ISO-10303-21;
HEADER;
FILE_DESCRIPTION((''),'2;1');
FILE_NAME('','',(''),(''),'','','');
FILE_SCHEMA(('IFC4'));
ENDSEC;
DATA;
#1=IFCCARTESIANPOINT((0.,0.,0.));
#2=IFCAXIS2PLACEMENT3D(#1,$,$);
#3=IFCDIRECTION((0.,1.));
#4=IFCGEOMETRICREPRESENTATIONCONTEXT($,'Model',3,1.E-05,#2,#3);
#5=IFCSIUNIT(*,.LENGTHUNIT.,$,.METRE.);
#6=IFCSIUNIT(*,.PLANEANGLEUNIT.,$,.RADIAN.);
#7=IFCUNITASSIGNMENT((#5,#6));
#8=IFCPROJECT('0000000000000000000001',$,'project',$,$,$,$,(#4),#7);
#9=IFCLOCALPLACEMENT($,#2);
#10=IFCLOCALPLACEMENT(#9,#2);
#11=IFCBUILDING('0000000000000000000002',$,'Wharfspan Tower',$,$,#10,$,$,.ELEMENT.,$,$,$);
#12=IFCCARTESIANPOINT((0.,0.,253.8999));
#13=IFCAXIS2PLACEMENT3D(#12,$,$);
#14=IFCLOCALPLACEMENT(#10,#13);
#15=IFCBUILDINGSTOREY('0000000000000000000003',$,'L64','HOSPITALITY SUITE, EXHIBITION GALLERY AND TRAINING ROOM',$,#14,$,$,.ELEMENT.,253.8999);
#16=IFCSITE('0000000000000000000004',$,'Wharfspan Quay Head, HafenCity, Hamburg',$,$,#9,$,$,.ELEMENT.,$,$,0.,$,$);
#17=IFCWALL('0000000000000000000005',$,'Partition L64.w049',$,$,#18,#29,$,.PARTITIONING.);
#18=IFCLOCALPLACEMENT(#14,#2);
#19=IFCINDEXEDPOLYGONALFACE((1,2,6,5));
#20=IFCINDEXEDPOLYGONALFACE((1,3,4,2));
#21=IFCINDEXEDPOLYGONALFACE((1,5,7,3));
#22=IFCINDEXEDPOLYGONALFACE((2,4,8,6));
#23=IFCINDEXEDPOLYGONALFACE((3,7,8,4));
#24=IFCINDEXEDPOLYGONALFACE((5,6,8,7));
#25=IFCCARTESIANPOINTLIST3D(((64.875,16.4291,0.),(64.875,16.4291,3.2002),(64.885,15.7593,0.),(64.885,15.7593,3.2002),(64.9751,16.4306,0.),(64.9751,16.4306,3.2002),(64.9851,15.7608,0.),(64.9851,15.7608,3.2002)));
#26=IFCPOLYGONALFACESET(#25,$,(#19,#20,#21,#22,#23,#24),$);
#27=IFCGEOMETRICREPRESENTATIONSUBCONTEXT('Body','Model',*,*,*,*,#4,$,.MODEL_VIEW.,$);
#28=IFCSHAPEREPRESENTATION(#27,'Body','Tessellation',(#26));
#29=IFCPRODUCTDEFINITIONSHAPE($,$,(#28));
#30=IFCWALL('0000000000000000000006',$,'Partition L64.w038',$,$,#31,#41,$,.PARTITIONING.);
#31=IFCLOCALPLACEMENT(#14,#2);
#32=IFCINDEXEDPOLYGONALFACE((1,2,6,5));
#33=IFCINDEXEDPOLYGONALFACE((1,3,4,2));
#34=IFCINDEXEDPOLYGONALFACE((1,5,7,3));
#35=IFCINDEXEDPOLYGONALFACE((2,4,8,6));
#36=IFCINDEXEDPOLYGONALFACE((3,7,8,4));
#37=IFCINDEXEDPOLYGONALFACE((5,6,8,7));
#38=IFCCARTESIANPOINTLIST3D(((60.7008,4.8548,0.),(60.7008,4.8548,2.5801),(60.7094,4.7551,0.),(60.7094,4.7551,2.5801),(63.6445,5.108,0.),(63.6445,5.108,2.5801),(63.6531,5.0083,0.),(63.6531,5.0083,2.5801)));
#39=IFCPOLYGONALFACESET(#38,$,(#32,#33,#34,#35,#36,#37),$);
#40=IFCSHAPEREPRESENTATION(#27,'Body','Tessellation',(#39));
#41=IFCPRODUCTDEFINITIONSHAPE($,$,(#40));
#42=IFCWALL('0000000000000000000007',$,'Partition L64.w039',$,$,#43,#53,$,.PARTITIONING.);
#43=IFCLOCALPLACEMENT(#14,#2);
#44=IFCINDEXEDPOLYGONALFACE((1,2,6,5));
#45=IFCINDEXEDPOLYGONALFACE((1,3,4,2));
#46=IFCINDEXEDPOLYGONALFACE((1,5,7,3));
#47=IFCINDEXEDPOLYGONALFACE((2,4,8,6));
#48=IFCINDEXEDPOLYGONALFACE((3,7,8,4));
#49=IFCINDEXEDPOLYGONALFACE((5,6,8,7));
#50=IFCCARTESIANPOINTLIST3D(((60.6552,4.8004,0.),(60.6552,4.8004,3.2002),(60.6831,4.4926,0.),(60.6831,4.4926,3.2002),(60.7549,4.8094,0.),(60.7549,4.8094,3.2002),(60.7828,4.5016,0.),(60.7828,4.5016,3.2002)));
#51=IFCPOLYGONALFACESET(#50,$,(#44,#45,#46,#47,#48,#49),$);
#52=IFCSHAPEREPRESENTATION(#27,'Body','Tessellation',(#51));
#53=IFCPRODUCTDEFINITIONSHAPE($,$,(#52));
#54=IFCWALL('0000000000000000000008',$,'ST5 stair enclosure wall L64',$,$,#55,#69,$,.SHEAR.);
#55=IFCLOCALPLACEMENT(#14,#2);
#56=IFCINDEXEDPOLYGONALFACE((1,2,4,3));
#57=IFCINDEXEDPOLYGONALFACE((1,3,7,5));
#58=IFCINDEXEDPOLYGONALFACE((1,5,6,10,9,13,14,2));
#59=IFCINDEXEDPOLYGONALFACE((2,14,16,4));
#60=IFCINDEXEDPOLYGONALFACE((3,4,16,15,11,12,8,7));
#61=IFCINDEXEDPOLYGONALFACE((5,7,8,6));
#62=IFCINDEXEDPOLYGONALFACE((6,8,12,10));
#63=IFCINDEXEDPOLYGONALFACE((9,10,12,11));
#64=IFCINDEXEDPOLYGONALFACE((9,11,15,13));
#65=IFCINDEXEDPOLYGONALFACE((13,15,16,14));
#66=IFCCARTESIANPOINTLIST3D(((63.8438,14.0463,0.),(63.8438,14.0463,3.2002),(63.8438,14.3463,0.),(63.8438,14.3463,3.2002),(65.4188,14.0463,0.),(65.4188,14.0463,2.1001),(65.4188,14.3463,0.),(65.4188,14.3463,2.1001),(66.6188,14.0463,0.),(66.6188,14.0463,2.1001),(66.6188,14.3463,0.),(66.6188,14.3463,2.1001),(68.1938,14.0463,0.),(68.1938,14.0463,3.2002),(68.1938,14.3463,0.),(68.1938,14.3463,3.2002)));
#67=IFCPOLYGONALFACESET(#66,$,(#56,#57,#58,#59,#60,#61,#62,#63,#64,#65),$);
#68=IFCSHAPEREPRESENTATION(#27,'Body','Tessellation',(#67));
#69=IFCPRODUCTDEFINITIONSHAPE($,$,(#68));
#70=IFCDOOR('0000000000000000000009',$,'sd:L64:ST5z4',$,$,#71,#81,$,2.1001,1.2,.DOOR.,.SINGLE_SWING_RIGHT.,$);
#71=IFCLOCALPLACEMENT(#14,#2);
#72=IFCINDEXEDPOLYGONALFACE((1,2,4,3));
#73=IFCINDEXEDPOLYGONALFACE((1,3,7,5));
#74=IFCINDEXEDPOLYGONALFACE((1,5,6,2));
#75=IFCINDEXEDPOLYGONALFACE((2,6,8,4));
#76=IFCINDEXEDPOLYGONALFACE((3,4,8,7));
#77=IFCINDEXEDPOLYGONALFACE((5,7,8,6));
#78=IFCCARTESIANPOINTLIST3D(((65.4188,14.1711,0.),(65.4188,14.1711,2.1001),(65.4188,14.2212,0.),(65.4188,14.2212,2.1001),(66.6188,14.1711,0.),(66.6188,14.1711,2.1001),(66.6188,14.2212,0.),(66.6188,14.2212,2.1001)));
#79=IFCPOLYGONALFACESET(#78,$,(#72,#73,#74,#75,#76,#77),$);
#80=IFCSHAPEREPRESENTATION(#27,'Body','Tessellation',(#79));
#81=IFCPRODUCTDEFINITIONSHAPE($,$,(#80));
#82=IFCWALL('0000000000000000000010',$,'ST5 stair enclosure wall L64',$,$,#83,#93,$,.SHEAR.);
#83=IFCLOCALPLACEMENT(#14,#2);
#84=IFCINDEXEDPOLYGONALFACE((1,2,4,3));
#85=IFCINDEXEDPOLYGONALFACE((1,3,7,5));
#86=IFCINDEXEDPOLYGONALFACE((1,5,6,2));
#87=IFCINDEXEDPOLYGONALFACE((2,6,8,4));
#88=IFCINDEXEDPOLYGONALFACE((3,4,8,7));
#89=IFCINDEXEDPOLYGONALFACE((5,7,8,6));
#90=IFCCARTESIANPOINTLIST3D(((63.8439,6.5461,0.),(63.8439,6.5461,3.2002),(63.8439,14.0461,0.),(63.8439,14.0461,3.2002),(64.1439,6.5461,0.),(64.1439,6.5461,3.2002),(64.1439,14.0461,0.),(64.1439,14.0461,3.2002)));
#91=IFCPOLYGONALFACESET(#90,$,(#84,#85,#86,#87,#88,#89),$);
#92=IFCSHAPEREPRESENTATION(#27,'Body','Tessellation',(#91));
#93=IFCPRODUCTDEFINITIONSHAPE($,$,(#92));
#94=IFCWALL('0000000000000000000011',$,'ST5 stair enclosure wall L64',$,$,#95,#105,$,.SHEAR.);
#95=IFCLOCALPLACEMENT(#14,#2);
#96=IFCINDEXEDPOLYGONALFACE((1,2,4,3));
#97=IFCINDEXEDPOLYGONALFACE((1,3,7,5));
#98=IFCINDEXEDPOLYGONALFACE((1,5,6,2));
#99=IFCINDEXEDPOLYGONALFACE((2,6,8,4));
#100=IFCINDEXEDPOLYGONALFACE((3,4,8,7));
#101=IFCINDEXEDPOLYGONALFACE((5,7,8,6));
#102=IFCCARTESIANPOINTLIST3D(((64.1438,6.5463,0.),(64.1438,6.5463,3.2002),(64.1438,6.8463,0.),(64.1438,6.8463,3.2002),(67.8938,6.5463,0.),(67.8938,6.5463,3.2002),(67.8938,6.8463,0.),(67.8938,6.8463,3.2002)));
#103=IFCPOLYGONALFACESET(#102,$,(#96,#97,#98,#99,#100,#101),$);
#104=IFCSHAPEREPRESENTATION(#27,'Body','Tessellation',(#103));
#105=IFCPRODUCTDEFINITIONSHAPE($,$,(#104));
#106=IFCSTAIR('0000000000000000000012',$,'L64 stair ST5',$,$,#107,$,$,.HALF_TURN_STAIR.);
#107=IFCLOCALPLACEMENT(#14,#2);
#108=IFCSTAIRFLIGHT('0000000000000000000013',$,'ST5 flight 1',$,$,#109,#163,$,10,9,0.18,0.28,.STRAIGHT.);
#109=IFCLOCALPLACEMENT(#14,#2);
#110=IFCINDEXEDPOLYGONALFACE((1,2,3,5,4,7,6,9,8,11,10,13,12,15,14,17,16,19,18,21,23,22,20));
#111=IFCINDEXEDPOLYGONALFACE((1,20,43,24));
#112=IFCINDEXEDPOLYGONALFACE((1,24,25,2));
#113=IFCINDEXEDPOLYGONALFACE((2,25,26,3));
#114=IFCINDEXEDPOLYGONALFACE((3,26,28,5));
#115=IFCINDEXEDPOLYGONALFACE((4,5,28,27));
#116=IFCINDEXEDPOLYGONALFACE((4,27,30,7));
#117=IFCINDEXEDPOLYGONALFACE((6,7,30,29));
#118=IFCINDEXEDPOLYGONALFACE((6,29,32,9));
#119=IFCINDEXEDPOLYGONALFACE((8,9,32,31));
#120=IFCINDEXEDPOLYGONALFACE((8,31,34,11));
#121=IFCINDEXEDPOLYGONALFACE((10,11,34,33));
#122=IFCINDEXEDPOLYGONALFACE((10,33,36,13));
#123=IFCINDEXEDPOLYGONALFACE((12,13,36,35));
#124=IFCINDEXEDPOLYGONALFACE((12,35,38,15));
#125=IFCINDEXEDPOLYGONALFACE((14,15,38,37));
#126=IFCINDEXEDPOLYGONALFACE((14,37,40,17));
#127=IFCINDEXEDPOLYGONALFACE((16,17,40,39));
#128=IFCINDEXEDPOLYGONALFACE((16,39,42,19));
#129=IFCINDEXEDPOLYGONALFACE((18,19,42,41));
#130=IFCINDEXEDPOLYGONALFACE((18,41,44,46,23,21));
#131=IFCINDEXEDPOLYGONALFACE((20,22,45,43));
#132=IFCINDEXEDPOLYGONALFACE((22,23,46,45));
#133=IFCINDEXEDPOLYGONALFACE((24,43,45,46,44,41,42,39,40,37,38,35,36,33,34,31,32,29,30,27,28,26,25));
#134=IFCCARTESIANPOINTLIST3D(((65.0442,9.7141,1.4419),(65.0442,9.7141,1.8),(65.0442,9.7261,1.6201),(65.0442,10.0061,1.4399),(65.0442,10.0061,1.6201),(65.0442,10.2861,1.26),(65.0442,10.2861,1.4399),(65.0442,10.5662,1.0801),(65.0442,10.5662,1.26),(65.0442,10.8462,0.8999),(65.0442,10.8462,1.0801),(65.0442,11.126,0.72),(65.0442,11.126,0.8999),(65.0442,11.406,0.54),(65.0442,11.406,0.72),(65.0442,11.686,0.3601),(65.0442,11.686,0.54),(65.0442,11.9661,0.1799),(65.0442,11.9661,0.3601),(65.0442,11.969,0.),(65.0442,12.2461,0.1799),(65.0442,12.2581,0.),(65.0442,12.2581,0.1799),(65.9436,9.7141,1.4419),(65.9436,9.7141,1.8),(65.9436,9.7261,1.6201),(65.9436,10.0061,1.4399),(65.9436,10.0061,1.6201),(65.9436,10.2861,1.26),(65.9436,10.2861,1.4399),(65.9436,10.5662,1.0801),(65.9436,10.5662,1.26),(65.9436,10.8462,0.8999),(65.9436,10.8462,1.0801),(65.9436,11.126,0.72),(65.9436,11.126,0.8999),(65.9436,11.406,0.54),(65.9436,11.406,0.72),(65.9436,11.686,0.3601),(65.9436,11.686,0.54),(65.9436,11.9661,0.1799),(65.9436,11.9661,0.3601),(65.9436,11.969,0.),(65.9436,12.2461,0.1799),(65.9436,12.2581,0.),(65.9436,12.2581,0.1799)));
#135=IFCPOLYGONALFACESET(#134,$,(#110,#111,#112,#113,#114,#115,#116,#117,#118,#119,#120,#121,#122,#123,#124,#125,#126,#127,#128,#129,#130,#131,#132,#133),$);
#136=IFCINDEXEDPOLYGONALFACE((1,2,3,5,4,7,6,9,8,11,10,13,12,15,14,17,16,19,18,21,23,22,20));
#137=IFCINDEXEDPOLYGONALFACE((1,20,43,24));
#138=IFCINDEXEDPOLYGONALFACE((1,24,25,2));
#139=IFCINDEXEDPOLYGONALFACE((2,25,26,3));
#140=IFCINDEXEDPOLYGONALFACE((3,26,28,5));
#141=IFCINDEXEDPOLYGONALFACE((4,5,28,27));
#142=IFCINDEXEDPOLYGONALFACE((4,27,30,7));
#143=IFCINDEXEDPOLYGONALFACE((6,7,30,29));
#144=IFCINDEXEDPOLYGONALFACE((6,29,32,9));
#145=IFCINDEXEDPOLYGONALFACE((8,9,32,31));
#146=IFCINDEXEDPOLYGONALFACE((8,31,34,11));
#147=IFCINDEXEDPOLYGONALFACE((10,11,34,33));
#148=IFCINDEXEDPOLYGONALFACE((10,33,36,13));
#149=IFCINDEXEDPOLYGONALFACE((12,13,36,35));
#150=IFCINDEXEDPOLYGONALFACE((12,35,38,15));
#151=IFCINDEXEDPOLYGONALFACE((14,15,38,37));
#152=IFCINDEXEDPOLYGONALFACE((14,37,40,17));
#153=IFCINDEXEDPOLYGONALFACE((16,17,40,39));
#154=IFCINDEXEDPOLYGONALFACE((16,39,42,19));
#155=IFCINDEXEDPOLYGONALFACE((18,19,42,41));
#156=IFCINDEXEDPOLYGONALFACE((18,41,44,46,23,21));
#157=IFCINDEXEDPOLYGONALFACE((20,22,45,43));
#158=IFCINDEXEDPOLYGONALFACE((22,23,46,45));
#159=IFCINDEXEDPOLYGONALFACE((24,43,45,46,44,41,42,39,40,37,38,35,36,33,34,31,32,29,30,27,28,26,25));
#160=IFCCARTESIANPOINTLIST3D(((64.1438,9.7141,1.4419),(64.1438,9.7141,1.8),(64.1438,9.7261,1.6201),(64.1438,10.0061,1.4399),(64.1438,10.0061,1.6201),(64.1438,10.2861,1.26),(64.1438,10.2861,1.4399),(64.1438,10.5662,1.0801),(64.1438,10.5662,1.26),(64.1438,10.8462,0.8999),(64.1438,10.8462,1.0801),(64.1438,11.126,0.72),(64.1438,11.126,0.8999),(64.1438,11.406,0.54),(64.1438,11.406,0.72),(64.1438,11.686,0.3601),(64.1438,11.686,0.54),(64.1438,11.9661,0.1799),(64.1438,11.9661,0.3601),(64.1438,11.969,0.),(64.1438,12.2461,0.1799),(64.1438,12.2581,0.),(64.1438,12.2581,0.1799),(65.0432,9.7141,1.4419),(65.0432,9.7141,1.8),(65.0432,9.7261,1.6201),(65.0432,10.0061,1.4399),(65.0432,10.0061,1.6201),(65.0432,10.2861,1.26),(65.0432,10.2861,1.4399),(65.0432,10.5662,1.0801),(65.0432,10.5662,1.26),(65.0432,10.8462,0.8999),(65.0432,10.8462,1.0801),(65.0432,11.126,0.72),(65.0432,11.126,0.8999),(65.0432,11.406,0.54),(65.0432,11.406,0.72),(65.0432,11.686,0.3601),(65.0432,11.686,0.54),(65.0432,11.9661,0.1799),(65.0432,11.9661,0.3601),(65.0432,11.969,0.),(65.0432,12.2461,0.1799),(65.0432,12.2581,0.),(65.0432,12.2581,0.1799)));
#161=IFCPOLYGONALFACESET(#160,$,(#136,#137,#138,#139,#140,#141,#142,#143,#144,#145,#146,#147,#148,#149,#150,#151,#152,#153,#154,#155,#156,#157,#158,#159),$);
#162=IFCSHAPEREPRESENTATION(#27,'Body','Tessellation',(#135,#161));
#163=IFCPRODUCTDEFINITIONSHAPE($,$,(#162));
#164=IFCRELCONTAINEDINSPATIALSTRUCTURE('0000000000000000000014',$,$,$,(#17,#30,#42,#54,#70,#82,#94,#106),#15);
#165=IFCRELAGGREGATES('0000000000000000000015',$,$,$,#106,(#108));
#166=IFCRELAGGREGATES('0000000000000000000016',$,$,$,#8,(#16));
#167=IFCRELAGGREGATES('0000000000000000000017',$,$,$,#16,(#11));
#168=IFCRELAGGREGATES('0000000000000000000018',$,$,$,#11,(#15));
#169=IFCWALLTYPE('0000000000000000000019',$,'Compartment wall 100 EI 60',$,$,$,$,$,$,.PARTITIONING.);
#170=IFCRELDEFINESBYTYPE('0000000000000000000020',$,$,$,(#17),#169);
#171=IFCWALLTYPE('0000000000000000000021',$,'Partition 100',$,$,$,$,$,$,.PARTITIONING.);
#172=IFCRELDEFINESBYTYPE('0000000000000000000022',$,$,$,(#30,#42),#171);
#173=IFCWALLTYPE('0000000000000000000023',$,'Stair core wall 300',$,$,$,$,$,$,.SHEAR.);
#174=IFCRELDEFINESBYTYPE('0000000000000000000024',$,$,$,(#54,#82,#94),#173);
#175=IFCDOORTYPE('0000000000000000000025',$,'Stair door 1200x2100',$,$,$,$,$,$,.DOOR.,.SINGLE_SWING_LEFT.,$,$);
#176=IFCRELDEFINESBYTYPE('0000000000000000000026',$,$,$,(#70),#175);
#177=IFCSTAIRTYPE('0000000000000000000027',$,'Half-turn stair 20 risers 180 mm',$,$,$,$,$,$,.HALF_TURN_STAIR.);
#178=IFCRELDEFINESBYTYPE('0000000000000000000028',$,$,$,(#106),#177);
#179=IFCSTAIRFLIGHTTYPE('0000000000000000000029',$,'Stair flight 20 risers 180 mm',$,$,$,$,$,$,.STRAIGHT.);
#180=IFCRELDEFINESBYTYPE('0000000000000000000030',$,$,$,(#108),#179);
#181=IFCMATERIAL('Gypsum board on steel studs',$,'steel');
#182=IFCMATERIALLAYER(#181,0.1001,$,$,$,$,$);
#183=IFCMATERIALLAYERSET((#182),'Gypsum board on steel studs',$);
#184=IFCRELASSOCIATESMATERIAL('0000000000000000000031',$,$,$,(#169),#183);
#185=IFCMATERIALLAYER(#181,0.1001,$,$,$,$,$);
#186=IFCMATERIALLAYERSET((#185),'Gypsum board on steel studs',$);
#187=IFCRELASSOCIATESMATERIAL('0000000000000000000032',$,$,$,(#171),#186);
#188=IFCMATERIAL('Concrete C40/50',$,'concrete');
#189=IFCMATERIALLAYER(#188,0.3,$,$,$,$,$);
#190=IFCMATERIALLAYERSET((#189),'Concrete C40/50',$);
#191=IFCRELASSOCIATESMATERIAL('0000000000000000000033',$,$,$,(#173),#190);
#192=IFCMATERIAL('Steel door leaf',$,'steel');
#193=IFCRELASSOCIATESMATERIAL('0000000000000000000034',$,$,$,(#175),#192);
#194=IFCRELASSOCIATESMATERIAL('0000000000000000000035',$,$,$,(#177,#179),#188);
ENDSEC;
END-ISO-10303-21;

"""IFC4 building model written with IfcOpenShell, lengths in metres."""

from ifc_helpers import new_model, si_unit, direction, frame, frame_2d, origin, place, context, subcontext, project, spatial, polyline, rectangle, outline, extrude, material, layer, layer_set, type_object, element, fill, aggregate, save


model = new_model("IFC4")

# Units and contexts
model_context = context("Model", 3, precision=1e-05, world=origin(), true_north=direction((0.0, 1.0)))
body_context = subcontext(model_context, "Body", "Model", "MODEL_VIEW")
ifc_project = project(units=[si_unit("LENGTHUNIT", "METRE"), si_unit("PLANEANGLEUNIT", "RADIAN")], contexts=[model_context])

# Site, building, storey
site_placement = place(None, origin())
site = spatial("IfcSite", under=ifc_project, at=site_placement, Name="Wharfspan Quay Head, HafenCity, Hamburg", CompositionType="ELEMENT", RefElevation=0.0)
building_placement = place(site_placement, origin())
building = spatial("IfcBuilding", under=site, at=building_placement, Name="Wharfspan Tower", CompositionType="ELEMENT")
storey_placement = place(building_placement, frame((0.0, 0.0, 253.8999)))
storey = spatial("IfcBuildingStorey", under=building, at=storey_placement, Name="L64", Description="HOSPITALITY SUITE, EXHIBITION GALLERY AND TRAINING ROOM", CompositionType="ELEMENT", Elevation=253.8999)

# Shared definitions
ifc_material_1 = material(Name="Gypsum board on steel studs", Category="steel")
ifc_layer_1 = layer(ifc_material_1, 0.1001)
ifc_layer_set_1 = layer_set([ifc_layer_1], Name="Gypsum board on steel studs")
wall_type_1 = type_object("IfcWallType", Name="Compartment wall 100 EI 60", PredefinedType="PARTITIONING", material=ifc_layer_set_1)

# Walls
wall_1_placement = place(storey_placement, frame((64.9351, 15.76, 0.0), z_axis=(0.0, 0.0, 1.0), x_axis=(-0.01494, 0.999887, 0.0)))
element("IfcWall", 1, at=wall_1_placement, inside=storey, type_object=wall_type_1, Name="Partition L64.w049", PredefinedType="PARTITIONING", context=body_context, shape_type="SweptSolid", body=[
    extrude(rectangle(XDim=0.6699, YDim=0.1001, at=frame_2d((0.335, 0.0))), origin(), (0.0, 0.0, 1.0), 3.2002),
])
ifc_layer_2 = layer(ifc_material_1, 0.1001)
ifc_layer_set_2 = layer_set([ifc_layer_2], Name="Gypsum board on steel studs")
wall_type_2 = type_object("IfcWallType", Name="Partition 100", PredefinedType="PARTITIONING", material=ifc_layer_set_2)
wall_2_placement = place(storey_placement, frame((60.7051, 4.8049, 0.0), z_axis=(0.0, 0.0, 1.0), x_axis=(0.996324, 0.085692, 0.0)))
element("IfcWall", 2, at=wall_2_placement, inside=storey, type_object=wall_type_2, Name="Partition L64.w038", PredefinedType="PARTITIONING", context=body_context, shape_type="SweptSolid", body=[
    extrude(rectangle(XDim=2.9546, YDim=0.1001, at=frame_2d((1.4773, 0.0))), origin(), (0.0, 0.0, 1.0), 2.5801),
])
wall_3_placement = place(storey_placement, frame((60.7329, 4.4971, 0.0), z_axis=(0.0, 0.0, 1.0), x_axis=(-0.090037, 0.995936, 0.0)))
element("IfcWall", 3, at=wall_3_placement, inside=storey, type_object=wall_type_2, Name="Partition L64.w039", PredefinedType="PARTITIONING", context=body_context, shape_type="SweptSolid", body=[
    extrude(rectangle(XDim=0.3091, YDim=0.1001, at=frame_2d((0.1545, 0.0))), origin(), (0.0, 0.0, 1.0), 3.2002),
])

# Wall, opening, door
ifc_material_2 = material(Name="Concrete C40/50", Category="concrete")
ifc_layer_3 = layer(ifc_material_2, 0.3)
ifc_layer_set_3 = layer_set([ifc_layer_3], Name="Concrete C40/50")
wall_type_3 = type_object("IfcWallType", Name="Stair core wall 300", PredefinedType="SHEAR", material=ifc_layer_set_3)
wall_4_placement = place(storey_placement, frame((63.8438, 14.1963, 0.0), z_axis=(0.0, 0.0, 1.0), x_axis=(1.0, 0.0, 0.0)))
wall_4 = element("IfcWall", 4, at=wall_4_placement, inside=storey, type_object=wall_type_3, Name="ST5 stair enclosure wall L64", PredefinedType="SHEAR", context=body_context, shape_type="SweptSolid", body=[
    extrude(rectangle(XDim=4.3501, YDim=0.3, at=frame_2d((2.175, 0.0))), origin(), (0.0, 0.0, 1.0), 3.2002),
])
opening_1_placement = place(wall_4_placement, frame((1.575, 0.0, 0.0)))
opening_1 = element("IfcOpeningElement", 5, at=opening_1_placement, cuts=wall_4, PredefinedType="OPENING", context=body_context, shape_type="SweptSolid", body=[
    extrude(rectangle(XDim=1.2, YDim=2.1001, at=frame_2d((0.6001, 1.05))), frame((0.0, 0.1599, 0.0), z_axis=(0.0, -1.0, 0.0), x_axis=(1.0, 0.0, 0.0)), (0.0, 0.0, 1.0), 0.3201),
])
ifc_material_3 = material(Name="Steel door leaf", Category="steel")
door_type_1 = type_object("IfcDoorType", Name="Stair door 1200x2100", OperationType="SINGLE_SWING_LEFT", PredefinedType="DOOR", material=ifc_material_3)
door_1_placement = place(opening_1_placement, origin())
door_1 = element("IfcDoor", 6, at=door_1_placement, inside=storey, type_object=door_type_1, Name="sd:L64:ST5z4", OperationType="SINGLE_SWING_RIGHT", OverallHeight=2.1001, OverallWidth=1.2, PredefinedType="DOOR", context=body_context, shape_type="SweptSolid", body=[
    extrude(rectangle(XDim=1.2, YDim=2.1001, at=frame_2d((0.6001, 1.05))), frame((0.0, 0.0249, 0.0), z_axis=(0.0, -1.0, 0.0), x_axis=(1.0, 0.0, 0.0)), (0.0, 0.0, 1.0), 0.05),
])
fill(opening_1, door_1)

# Walls
wall_5_placement = place(storey_placement, frame((63.9939, 6.5461, 0.0), z_axis=(0.0, 0.0, 1.0), x_axis=(0.0, 1.0, 0.0)))
element("IfcWall", 7, at=wall_5_placement, inside=storey, type_object=wall_type_3, Name="ST5 stair enclosure wall L64", PredefinedType="SHEAR", context=body_context, shape_type="SweptSolid", body=[
    extrude(rectangle(XDim=7.5, YDim=0.3, at=frame_2d((3.75, 0.0))), origin(), (0.0, 0.0, 1.0), 3.2002),
])
wall_6_placement = place(storey_placement, frame((64.1438, 6.6963, 0.0), z_axis=(0.0, 0.0, 1.0), x_axis=(1.0, 0.0, 0.0)))
element("IfcWall", 8, at=wall_6_placement, inside=storey, type_object=wall_type_3, Name="ST5 stair enclosure wall L64", PredefinedType="SHEAR", context=body_context, shape_type="SweptSolid", body=[
    extrude(rectangle(XDim=3.75, YDim=0.3, at=frame_2d((1.875, 0.0))), origin(), (0.0, 0.0, 1.0), 3.2002),
])

# Stair, stair flight
stair_type = type_object("IfcStairType", Name="Half-turn stair 20 risers 180 mm", PredefinedType="HALF_TURN_STAIR", material=ifc_material_2)
stair_placement = place(storey_placement, origin())
stair = element("IfcStair", 9, at=stair_placement, inside=storey, type_object=stair_type, Name="L64 stair ST5", PredefinedType="HALF_TURN_STAIR")
stair_flight_type = type_object("IfcStairFlightType", Name="Stair flight 20 risers 180 mm", PredefinedType="STRAIGHT", material=ifc_material_2)
stair_flight_placement = place(storey_placement, frame((65.0437, 12.2461, 0.0), z_axis=(0.0, 0.0, 1.0), x_axis=(0.0, -1.0, 0.0)))
stair_flight = element("IfcStairFlight", 10, at=stair_flight_placement, type_object=stair_flight_type, Name="ST5 flight 1", NumberOfRisers=10, NumberOfTreads=9, PredefinedType="STRAIGHT", RiserHeight=0.18, TreadLength=0.28, context=body_context, shape_type="SweptSolid", body=[
    extrude(outline(polyline([(-0.012, 0.0), (-0.012, 0.1799), (0.0, 0.1799), (0.28, 0.1799), (0.28, 0.3601), (0.5601, 0.3601), (0.5601, 0.54), (0.8401, 0.54), (0.8401, 0.72), (1.1201, 0.72), (1.1201, 0.8999), (1.3999, 0.8999), (1.3999, 1.0801), (1.6799, 1.0801), (1.6799, 1.26), (1.96, 1.26), (1.96, 1.4399), (2.24, 1.4399), (2.24, 1.6201), (2.52, 1.6201), (2.532, 1.8), (2.532, 1.4419), (0.2771, 0.0), (-0.012, 0.0)])), frame((0.0, 0.8999, 0.0), z_axis=(0.0, -1.0, 0.0), x_axis=(1.0, 0.0, 0.0)), (0.0, 0.0, 1.0), 0.8994),
    extrude(outline(polyline([(-0.012, 0.0), (-0.012, 0.1799), (0.0, 0.1799), (0.28, 0.1799), (0.28, 0.3601), (0.5601, 0.3601), (0.5601, 0.54), (0.8401, 0.54), (0.8401, 0.72), (1.1201, 0.72), (1.1201, 0.8999), (1.3999, 0.8999), (1.3999, 1.0801), (1.6799, 1.0801), (1.6799, 1.26), (1.96, 1.26), (1.96, 1.4399), (2.24, 1.4399), (2.24, 1.6201), (2.52, 1.6201), (2.532, 1.8), (2.532, 1.4419), (0.2771, 0.0), (-0.012, 0.0)])), frame((0.0, -0.0005, 0.0), z_axis=(0.0, -1.0, 0.0), x_axis=(1.0, 0.0, 0.0)), (0.0, 0.0, 1.0), 0.8994),
])
aggregate(stair, [stair_flight])

save(model, "model.ifc")
